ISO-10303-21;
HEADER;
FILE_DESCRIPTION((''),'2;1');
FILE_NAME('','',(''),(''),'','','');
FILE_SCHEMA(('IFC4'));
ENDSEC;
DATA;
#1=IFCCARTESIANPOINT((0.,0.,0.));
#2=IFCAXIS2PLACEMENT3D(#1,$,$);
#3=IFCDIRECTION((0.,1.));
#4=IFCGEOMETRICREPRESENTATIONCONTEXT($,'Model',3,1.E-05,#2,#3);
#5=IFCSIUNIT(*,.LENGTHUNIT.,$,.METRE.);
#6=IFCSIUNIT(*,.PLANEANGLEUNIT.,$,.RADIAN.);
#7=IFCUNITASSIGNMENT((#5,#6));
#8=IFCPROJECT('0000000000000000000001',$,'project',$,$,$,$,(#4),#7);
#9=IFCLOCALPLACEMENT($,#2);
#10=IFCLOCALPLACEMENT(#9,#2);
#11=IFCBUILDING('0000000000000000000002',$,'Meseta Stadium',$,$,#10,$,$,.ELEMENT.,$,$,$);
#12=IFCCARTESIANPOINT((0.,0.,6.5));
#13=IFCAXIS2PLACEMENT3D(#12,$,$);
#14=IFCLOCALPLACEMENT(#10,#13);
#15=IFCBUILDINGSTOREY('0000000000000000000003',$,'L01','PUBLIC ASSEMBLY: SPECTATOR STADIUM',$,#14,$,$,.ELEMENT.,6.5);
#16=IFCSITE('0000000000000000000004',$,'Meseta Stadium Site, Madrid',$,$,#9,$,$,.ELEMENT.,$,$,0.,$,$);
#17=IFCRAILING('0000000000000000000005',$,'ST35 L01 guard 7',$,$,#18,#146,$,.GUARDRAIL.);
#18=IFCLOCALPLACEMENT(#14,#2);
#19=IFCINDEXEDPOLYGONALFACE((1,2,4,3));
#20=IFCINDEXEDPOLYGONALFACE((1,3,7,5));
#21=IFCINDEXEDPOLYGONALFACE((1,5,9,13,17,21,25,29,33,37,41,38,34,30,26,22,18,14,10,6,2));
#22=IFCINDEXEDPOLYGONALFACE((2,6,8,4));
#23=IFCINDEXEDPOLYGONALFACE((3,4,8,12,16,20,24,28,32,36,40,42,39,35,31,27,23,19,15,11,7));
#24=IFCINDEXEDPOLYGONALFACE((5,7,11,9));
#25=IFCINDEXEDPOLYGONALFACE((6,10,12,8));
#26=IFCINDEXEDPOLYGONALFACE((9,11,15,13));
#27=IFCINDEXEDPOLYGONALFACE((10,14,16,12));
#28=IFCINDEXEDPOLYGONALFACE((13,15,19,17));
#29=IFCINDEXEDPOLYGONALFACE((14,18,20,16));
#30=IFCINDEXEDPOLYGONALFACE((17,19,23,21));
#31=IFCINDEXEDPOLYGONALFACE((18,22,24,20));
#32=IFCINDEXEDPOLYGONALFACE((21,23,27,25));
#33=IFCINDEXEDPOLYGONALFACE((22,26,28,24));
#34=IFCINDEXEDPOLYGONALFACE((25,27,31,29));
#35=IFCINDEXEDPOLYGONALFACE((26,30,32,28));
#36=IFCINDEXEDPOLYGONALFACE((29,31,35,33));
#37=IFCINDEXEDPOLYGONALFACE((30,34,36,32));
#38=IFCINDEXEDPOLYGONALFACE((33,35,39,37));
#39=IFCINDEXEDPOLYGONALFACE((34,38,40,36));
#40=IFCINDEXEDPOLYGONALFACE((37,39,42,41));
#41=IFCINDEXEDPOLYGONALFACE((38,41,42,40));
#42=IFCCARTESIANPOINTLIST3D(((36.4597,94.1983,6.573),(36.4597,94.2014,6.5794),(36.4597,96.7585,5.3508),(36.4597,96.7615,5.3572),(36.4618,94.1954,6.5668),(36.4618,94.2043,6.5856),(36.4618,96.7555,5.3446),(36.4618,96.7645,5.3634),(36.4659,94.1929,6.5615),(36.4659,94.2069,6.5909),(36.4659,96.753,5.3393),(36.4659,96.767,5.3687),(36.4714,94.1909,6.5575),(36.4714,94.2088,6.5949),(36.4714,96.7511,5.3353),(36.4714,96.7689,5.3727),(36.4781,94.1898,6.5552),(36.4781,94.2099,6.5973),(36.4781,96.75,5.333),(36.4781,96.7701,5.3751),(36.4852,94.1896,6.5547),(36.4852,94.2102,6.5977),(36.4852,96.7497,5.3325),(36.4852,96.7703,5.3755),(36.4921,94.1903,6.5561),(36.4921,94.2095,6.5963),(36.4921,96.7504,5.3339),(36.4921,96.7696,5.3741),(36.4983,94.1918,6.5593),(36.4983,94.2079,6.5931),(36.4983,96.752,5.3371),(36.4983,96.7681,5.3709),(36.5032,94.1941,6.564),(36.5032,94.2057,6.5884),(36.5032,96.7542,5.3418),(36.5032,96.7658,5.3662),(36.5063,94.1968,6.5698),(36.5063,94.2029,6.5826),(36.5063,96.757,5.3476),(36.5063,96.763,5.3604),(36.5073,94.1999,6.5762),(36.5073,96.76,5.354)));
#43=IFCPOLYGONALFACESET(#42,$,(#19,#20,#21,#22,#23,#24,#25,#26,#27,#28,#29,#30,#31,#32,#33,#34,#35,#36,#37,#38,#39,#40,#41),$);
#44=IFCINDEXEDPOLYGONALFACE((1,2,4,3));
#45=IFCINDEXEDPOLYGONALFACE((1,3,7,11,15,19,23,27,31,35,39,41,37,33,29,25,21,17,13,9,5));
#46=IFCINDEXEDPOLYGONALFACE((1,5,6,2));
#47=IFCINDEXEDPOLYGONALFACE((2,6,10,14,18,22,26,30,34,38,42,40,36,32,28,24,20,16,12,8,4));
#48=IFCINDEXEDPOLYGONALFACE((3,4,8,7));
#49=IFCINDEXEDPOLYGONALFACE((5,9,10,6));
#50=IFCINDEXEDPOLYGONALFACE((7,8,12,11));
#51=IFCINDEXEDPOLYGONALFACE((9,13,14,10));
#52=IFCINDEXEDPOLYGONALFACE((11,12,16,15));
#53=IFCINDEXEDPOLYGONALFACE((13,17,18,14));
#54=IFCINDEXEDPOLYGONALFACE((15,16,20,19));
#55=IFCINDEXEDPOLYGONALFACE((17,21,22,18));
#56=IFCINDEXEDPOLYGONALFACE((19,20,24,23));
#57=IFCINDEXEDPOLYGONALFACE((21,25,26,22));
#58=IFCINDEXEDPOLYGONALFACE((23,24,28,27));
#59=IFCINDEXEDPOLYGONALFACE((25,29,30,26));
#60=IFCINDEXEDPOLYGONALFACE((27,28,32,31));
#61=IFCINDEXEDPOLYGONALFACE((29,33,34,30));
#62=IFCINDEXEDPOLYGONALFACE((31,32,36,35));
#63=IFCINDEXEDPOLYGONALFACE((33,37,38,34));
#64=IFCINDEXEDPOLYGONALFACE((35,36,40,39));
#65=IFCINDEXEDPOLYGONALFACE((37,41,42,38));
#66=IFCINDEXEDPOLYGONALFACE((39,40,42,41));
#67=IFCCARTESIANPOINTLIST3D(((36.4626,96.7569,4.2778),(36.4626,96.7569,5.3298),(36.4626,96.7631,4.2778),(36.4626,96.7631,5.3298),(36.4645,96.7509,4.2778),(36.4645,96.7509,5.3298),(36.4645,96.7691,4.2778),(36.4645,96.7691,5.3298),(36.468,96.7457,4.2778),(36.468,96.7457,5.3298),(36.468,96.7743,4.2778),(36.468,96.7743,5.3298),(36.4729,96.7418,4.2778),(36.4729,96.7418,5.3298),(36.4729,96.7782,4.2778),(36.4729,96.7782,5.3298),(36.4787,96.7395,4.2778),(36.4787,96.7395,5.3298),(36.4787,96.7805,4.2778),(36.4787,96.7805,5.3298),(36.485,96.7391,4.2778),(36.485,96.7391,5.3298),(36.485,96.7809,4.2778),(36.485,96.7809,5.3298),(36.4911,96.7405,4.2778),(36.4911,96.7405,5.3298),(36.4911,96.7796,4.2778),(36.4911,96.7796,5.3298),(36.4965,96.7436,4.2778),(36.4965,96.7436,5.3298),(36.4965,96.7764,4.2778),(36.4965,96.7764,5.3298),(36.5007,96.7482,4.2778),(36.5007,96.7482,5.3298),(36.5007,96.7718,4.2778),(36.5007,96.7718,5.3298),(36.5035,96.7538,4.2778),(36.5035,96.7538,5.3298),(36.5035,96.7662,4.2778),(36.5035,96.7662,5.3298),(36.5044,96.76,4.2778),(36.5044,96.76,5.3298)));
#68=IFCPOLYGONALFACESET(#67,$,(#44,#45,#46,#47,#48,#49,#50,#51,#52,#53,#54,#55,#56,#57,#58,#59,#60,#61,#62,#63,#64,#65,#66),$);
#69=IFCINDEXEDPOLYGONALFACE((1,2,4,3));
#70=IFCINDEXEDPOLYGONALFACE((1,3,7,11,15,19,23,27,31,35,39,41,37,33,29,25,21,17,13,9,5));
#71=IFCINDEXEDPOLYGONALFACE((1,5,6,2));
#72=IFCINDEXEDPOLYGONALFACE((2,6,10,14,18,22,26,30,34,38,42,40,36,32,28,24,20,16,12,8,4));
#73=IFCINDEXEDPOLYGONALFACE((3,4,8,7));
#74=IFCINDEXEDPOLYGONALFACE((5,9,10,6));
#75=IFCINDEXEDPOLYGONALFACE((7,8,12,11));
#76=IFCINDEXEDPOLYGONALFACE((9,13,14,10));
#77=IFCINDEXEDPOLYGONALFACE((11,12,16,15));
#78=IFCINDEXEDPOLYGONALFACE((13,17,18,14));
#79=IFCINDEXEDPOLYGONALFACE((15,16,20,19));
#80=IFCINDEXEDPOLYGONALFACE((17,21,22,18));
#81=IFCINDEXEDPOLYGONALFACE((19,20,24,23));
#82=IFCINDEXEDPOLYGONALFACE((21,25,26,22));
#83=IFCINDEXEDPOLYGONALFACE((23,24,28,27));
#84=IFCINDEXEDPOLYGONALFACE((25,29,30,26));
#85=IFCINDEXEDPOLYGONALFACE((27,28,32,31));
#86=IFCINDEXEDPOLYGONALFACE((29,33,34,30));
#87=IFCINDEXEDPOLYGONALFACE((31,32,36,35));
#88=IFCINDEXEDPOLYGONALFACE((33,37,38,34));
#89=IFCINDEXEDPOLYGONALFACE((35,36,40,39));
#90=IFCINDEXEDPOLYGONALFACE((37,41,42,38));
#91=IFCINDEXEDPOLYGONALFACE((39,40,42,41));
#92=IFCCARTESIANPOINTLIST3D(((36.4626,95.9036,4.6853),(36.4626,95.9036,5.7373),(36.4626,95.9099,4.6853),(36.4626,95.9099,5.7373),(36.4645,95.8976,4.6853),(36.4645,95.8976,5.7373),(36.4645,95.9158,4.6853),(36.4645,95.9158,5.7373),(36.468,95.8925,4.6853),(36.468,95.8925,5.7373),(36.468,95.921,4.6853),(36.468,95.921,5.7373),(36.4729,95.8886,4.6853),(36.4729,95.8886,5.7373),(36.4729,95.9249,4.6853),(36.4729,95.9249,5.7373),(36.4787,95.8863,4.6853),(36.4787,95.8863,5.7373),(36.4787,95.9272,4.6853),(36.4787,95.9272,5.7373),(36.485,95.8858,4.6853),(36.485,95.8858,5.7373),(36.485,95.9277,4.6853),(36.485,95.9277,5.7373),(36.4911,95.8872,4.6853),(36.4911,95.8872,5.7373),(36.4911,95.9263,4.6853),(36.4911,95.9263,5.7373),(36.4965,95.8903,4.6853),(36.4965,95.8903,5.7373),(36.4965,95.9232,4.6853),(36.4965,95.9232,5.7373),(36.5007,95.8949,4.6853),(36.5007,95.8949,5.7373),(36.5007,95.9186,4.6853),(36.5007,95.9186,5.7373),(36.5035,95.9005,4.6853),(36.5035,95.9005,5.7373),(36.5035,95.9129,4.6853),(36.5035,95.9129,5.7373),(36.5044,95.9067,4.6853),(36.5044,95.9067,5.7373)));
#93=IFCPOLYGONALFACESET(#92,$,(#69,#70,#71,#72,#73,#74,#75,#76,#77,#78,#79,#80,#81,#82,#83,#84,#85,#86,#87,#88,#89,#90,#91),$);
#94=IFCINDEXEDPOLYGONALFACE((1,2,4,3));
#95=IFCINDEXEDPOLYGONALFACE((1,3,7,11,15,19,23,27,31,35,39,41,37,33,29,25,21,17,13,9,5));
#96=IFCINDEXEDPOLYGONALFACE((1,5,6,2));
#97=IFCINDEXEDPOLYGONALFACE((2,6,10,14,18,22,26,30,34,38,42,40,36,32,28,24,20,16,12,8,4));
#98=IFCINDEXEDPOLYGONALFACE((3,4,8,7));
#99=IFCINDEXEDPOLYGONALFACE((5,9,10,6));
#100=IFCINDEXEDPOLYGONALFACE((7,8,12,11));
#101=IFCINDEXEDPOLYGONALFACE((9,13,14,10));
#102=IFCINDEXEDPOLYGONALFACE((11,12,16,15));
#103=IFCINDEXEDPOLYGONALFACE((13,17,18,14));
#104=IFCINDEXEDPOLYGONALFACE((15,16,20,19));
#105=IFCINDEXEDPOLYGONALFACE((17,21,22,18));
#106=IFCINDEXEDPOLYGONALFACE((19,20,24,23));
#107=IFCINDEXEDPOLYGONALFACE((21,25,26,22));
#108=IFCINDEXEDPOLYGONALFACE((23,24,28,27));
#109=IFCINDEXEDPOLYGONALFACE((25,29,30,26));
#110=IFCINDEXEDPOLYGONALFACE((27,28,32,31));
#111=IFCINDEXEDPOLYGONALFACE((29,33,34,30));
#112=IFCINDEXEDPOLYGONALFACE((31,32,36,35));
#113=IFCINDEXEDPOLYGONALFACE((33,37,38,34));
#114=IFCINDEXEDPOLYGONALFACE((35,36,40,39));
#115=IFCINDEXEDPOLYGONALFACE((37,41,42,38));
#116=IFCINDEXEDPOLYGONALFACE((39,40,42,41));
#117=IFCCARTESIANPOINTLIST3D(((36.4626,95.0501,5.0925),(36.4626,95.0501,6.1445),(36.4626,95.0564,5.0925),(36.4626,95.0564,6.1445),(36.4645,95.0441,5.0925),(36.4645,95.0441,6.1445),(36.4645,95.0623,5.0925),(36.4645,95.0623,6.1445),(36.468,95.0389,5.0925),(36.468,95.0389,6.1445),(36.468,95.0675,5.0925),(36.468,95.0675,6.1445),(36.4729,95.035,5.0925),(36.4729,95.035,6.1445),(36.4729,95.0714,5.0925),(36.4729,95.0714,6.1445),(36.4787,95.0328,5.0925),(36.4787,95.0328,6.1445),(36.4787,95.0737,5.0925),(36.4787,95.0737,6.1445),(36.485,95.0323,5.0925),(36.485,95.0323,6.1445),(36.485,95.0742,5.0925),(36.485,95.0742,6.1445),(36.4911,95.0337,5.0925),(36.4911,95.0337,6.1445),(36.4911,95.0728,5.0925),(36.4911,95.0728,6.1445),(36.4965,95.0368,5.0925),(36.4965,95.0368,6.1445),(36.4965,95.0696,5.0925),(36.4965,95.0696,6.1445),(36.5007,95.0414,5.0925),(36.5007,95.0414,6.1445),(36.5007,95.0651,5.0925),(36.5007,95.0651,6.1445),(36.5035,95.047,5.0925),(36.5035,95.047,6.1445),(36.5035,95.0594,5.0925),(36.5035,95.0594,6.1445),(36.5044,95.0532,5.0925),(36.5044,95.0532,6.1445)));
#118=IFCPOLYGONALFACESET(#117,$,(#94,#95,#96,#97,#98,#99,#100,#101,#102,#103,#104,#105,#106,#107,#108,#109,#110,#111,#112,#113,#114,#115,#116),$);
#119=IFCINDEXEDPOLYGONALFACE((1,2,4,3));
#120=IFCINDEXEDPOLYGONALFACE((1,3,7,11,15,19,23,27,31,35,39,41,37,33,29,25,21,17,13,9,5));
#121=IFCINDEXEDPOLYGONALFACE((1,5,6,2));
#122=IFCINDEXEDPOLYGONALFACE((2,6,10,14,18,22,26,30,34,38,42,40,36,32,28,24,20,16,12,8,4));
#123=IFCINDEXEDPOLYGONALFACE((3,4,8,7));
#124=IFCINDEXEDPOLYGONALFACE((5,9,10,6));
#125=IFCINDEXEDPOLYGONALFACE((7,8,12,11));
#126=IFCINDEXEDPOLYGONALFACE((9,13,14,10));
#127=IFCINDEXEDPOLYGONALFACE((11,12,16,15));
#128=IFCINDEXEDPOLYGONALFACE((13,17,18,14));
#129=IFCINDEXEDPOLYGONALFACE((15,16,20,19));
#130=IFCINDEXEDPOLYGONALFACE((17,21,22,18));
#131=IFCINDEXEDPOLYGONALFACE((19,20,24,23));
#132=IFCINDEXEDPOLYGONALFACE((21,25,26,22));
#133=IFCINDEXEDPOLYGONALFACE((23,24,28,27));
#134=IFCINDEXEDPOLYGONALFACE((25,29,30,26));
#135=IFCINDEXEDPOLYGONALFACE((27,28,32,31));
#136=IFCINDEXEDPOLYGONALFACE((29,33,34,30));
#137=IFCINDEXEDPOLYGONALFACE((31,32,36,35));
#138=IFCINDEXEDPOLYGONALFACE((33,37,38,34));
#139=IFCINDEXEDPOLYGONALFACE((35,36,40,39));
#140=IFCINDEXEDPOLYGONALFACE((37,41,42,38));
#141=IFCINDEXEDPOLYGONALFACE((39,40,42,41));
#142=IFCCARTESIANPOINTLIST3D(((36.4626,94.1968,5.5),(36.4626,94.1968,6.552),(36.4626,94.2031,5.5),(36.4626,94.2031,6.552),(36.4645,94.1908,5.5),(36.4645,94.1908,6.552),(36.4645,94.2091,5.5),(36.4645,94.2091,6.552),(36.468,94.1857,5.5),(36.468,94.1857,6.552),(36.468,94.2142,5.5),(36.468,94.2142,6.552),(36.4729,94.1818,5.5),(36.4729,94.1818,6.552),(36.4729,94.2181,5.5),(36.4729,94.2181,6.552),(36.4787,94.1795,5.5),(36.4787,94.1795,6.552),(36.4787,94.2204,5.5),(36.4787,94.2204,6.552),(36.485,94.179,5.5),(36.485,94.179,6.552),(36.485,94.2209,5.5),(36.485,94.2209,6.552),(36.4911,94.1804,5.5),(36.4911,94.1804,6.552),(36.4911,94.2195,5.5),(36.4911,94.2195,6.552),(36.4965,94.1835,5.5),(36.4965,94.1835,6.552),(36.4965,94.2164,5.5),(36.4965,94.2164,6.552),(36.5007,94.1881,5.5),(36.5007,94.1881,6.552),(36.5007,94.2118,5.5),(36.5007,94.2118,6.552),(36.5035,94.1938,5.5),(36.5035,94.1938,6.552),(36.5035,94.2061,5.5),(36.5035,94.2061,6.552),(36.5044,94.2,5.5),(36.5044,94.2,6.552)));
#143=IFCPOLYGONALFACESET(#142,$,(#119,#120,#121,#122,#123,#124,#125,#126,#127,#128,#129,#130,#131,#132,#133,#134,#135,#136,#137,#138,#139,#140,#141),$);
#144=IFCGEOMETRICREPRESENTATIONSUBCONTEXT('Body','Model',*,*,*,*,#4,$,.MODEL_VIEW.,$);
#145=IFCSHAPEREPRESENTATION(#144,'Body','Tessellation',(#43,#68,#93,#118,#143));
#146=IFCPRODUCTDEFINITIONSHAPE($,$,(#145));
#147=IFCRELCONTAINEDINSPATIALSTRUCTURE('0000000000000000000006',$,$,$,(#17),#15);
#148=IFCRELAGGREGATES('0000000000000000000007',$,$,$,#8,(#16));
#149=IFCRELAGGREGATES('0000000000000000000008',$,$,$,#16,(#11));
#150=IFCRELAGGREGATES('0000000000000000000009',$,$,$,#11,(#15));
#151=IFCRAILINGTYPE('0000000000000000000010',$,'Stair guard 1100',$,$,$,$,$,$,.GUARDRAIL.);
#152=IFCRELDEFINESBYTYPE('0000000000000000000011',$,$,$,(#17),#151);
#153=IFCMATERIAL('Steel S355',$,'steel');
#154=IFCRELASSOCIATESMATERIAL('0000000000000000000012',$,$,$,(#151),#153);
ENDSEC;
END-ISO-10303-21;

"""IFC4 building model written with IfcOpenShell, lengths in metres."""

from ifc_helpers import new_model, si_unit, direction, frame, origin, origin_2d, place, context, subcontext, project, spatial, circle, extrude, material, type_object, element, save


model = new_model("IFC4")

# Units and contexts
model_context = context("Model", 3, precision=1e-05, world=origin(), true_north=direction((0.0, 1.0)))
body_context = subcontext(model_context, "Body", "Model", "MODEL_VIEW")
ifc_project = project(units=[si_unit("LENGTHUNIT", "METRE"), si_unit("PLANEANGLEUNIT", "RADIAN")], contexts=[model_context])

# Site, building, storey
site_placement = place(None, origin())
site = spatial("IfcSite", under=ifc_project, at=site_placement, Name="Meseta Stadium Site, Madrid", CompositionType="ELEMENT", RefElevation=0.0)
building_placement = place(site_placement, origin())
building = spatial("IfcBuilding", under=site, at=building_placement, Name="Meseta Stadium", CompositionType="ELEMENT")
storey_placement = place(building_placement, frame((0.0, 0.0, 6.5)))
storey = spatial("IfcBuildingStorey", under=building, at=storey_placement, Name="L01", Description="PUBLIC ASSEMBLY: SPECTATOR STADIUM", CompositionType="ELEMENT", Elevation=6.5)

# Railing
ifc_material_1 = material(Name="Steel S355", Category="steel")
railing_type_1 = type_object("IfcRailingType", Name="Stair guard 1100", PredefinedType="GUARDRAIL", material=ifc_material_1)
railing_1_placement = place(storey_placement, frame((36.4834, 96.76, 4.2778)))
element("IfcRailing", 1, at=railing_1_placement, inside=storey, type_object=railing_type_1, Name="ST35 L01 guard 7", PredefinedType="GUARDRAIL", context=body_context, shape_type="SweptSolid", body=[
    extrude(circle(Radius=0.0239, at=origin_2d()), frame((0.0, 0.0, 1.0762), z_axis=(0.0, -0.902437, 0.430822), x_axis=(1.0, 0.0, 0.0)), (0.0, 0.0, 1.0), 2.8369),
    extrude(circle(Radius=0.021, at=origin_2d()), origin(), (0.0, 0.0, 1.0), 1.052),
    extrude(circle(Radius=0.021, at=origin_2d()), frame((0.0, -0.8533, 0.4075)), (0.0, 0.0, 1.0), 1.052),
    extrude(circle(Radius=0.021, at=origin_2d()), frame((0.0, -1.7068, 0.8147)), (0.0, 0.0, 1.0), 1.052),
    extrude(circle(Radius=0.021, at=origin_2d()), frame((0.0, -2.5601, 1.2222)), (0.0, 0.0, 1.0), 1.052),
])

save(model, "model.ifc")
